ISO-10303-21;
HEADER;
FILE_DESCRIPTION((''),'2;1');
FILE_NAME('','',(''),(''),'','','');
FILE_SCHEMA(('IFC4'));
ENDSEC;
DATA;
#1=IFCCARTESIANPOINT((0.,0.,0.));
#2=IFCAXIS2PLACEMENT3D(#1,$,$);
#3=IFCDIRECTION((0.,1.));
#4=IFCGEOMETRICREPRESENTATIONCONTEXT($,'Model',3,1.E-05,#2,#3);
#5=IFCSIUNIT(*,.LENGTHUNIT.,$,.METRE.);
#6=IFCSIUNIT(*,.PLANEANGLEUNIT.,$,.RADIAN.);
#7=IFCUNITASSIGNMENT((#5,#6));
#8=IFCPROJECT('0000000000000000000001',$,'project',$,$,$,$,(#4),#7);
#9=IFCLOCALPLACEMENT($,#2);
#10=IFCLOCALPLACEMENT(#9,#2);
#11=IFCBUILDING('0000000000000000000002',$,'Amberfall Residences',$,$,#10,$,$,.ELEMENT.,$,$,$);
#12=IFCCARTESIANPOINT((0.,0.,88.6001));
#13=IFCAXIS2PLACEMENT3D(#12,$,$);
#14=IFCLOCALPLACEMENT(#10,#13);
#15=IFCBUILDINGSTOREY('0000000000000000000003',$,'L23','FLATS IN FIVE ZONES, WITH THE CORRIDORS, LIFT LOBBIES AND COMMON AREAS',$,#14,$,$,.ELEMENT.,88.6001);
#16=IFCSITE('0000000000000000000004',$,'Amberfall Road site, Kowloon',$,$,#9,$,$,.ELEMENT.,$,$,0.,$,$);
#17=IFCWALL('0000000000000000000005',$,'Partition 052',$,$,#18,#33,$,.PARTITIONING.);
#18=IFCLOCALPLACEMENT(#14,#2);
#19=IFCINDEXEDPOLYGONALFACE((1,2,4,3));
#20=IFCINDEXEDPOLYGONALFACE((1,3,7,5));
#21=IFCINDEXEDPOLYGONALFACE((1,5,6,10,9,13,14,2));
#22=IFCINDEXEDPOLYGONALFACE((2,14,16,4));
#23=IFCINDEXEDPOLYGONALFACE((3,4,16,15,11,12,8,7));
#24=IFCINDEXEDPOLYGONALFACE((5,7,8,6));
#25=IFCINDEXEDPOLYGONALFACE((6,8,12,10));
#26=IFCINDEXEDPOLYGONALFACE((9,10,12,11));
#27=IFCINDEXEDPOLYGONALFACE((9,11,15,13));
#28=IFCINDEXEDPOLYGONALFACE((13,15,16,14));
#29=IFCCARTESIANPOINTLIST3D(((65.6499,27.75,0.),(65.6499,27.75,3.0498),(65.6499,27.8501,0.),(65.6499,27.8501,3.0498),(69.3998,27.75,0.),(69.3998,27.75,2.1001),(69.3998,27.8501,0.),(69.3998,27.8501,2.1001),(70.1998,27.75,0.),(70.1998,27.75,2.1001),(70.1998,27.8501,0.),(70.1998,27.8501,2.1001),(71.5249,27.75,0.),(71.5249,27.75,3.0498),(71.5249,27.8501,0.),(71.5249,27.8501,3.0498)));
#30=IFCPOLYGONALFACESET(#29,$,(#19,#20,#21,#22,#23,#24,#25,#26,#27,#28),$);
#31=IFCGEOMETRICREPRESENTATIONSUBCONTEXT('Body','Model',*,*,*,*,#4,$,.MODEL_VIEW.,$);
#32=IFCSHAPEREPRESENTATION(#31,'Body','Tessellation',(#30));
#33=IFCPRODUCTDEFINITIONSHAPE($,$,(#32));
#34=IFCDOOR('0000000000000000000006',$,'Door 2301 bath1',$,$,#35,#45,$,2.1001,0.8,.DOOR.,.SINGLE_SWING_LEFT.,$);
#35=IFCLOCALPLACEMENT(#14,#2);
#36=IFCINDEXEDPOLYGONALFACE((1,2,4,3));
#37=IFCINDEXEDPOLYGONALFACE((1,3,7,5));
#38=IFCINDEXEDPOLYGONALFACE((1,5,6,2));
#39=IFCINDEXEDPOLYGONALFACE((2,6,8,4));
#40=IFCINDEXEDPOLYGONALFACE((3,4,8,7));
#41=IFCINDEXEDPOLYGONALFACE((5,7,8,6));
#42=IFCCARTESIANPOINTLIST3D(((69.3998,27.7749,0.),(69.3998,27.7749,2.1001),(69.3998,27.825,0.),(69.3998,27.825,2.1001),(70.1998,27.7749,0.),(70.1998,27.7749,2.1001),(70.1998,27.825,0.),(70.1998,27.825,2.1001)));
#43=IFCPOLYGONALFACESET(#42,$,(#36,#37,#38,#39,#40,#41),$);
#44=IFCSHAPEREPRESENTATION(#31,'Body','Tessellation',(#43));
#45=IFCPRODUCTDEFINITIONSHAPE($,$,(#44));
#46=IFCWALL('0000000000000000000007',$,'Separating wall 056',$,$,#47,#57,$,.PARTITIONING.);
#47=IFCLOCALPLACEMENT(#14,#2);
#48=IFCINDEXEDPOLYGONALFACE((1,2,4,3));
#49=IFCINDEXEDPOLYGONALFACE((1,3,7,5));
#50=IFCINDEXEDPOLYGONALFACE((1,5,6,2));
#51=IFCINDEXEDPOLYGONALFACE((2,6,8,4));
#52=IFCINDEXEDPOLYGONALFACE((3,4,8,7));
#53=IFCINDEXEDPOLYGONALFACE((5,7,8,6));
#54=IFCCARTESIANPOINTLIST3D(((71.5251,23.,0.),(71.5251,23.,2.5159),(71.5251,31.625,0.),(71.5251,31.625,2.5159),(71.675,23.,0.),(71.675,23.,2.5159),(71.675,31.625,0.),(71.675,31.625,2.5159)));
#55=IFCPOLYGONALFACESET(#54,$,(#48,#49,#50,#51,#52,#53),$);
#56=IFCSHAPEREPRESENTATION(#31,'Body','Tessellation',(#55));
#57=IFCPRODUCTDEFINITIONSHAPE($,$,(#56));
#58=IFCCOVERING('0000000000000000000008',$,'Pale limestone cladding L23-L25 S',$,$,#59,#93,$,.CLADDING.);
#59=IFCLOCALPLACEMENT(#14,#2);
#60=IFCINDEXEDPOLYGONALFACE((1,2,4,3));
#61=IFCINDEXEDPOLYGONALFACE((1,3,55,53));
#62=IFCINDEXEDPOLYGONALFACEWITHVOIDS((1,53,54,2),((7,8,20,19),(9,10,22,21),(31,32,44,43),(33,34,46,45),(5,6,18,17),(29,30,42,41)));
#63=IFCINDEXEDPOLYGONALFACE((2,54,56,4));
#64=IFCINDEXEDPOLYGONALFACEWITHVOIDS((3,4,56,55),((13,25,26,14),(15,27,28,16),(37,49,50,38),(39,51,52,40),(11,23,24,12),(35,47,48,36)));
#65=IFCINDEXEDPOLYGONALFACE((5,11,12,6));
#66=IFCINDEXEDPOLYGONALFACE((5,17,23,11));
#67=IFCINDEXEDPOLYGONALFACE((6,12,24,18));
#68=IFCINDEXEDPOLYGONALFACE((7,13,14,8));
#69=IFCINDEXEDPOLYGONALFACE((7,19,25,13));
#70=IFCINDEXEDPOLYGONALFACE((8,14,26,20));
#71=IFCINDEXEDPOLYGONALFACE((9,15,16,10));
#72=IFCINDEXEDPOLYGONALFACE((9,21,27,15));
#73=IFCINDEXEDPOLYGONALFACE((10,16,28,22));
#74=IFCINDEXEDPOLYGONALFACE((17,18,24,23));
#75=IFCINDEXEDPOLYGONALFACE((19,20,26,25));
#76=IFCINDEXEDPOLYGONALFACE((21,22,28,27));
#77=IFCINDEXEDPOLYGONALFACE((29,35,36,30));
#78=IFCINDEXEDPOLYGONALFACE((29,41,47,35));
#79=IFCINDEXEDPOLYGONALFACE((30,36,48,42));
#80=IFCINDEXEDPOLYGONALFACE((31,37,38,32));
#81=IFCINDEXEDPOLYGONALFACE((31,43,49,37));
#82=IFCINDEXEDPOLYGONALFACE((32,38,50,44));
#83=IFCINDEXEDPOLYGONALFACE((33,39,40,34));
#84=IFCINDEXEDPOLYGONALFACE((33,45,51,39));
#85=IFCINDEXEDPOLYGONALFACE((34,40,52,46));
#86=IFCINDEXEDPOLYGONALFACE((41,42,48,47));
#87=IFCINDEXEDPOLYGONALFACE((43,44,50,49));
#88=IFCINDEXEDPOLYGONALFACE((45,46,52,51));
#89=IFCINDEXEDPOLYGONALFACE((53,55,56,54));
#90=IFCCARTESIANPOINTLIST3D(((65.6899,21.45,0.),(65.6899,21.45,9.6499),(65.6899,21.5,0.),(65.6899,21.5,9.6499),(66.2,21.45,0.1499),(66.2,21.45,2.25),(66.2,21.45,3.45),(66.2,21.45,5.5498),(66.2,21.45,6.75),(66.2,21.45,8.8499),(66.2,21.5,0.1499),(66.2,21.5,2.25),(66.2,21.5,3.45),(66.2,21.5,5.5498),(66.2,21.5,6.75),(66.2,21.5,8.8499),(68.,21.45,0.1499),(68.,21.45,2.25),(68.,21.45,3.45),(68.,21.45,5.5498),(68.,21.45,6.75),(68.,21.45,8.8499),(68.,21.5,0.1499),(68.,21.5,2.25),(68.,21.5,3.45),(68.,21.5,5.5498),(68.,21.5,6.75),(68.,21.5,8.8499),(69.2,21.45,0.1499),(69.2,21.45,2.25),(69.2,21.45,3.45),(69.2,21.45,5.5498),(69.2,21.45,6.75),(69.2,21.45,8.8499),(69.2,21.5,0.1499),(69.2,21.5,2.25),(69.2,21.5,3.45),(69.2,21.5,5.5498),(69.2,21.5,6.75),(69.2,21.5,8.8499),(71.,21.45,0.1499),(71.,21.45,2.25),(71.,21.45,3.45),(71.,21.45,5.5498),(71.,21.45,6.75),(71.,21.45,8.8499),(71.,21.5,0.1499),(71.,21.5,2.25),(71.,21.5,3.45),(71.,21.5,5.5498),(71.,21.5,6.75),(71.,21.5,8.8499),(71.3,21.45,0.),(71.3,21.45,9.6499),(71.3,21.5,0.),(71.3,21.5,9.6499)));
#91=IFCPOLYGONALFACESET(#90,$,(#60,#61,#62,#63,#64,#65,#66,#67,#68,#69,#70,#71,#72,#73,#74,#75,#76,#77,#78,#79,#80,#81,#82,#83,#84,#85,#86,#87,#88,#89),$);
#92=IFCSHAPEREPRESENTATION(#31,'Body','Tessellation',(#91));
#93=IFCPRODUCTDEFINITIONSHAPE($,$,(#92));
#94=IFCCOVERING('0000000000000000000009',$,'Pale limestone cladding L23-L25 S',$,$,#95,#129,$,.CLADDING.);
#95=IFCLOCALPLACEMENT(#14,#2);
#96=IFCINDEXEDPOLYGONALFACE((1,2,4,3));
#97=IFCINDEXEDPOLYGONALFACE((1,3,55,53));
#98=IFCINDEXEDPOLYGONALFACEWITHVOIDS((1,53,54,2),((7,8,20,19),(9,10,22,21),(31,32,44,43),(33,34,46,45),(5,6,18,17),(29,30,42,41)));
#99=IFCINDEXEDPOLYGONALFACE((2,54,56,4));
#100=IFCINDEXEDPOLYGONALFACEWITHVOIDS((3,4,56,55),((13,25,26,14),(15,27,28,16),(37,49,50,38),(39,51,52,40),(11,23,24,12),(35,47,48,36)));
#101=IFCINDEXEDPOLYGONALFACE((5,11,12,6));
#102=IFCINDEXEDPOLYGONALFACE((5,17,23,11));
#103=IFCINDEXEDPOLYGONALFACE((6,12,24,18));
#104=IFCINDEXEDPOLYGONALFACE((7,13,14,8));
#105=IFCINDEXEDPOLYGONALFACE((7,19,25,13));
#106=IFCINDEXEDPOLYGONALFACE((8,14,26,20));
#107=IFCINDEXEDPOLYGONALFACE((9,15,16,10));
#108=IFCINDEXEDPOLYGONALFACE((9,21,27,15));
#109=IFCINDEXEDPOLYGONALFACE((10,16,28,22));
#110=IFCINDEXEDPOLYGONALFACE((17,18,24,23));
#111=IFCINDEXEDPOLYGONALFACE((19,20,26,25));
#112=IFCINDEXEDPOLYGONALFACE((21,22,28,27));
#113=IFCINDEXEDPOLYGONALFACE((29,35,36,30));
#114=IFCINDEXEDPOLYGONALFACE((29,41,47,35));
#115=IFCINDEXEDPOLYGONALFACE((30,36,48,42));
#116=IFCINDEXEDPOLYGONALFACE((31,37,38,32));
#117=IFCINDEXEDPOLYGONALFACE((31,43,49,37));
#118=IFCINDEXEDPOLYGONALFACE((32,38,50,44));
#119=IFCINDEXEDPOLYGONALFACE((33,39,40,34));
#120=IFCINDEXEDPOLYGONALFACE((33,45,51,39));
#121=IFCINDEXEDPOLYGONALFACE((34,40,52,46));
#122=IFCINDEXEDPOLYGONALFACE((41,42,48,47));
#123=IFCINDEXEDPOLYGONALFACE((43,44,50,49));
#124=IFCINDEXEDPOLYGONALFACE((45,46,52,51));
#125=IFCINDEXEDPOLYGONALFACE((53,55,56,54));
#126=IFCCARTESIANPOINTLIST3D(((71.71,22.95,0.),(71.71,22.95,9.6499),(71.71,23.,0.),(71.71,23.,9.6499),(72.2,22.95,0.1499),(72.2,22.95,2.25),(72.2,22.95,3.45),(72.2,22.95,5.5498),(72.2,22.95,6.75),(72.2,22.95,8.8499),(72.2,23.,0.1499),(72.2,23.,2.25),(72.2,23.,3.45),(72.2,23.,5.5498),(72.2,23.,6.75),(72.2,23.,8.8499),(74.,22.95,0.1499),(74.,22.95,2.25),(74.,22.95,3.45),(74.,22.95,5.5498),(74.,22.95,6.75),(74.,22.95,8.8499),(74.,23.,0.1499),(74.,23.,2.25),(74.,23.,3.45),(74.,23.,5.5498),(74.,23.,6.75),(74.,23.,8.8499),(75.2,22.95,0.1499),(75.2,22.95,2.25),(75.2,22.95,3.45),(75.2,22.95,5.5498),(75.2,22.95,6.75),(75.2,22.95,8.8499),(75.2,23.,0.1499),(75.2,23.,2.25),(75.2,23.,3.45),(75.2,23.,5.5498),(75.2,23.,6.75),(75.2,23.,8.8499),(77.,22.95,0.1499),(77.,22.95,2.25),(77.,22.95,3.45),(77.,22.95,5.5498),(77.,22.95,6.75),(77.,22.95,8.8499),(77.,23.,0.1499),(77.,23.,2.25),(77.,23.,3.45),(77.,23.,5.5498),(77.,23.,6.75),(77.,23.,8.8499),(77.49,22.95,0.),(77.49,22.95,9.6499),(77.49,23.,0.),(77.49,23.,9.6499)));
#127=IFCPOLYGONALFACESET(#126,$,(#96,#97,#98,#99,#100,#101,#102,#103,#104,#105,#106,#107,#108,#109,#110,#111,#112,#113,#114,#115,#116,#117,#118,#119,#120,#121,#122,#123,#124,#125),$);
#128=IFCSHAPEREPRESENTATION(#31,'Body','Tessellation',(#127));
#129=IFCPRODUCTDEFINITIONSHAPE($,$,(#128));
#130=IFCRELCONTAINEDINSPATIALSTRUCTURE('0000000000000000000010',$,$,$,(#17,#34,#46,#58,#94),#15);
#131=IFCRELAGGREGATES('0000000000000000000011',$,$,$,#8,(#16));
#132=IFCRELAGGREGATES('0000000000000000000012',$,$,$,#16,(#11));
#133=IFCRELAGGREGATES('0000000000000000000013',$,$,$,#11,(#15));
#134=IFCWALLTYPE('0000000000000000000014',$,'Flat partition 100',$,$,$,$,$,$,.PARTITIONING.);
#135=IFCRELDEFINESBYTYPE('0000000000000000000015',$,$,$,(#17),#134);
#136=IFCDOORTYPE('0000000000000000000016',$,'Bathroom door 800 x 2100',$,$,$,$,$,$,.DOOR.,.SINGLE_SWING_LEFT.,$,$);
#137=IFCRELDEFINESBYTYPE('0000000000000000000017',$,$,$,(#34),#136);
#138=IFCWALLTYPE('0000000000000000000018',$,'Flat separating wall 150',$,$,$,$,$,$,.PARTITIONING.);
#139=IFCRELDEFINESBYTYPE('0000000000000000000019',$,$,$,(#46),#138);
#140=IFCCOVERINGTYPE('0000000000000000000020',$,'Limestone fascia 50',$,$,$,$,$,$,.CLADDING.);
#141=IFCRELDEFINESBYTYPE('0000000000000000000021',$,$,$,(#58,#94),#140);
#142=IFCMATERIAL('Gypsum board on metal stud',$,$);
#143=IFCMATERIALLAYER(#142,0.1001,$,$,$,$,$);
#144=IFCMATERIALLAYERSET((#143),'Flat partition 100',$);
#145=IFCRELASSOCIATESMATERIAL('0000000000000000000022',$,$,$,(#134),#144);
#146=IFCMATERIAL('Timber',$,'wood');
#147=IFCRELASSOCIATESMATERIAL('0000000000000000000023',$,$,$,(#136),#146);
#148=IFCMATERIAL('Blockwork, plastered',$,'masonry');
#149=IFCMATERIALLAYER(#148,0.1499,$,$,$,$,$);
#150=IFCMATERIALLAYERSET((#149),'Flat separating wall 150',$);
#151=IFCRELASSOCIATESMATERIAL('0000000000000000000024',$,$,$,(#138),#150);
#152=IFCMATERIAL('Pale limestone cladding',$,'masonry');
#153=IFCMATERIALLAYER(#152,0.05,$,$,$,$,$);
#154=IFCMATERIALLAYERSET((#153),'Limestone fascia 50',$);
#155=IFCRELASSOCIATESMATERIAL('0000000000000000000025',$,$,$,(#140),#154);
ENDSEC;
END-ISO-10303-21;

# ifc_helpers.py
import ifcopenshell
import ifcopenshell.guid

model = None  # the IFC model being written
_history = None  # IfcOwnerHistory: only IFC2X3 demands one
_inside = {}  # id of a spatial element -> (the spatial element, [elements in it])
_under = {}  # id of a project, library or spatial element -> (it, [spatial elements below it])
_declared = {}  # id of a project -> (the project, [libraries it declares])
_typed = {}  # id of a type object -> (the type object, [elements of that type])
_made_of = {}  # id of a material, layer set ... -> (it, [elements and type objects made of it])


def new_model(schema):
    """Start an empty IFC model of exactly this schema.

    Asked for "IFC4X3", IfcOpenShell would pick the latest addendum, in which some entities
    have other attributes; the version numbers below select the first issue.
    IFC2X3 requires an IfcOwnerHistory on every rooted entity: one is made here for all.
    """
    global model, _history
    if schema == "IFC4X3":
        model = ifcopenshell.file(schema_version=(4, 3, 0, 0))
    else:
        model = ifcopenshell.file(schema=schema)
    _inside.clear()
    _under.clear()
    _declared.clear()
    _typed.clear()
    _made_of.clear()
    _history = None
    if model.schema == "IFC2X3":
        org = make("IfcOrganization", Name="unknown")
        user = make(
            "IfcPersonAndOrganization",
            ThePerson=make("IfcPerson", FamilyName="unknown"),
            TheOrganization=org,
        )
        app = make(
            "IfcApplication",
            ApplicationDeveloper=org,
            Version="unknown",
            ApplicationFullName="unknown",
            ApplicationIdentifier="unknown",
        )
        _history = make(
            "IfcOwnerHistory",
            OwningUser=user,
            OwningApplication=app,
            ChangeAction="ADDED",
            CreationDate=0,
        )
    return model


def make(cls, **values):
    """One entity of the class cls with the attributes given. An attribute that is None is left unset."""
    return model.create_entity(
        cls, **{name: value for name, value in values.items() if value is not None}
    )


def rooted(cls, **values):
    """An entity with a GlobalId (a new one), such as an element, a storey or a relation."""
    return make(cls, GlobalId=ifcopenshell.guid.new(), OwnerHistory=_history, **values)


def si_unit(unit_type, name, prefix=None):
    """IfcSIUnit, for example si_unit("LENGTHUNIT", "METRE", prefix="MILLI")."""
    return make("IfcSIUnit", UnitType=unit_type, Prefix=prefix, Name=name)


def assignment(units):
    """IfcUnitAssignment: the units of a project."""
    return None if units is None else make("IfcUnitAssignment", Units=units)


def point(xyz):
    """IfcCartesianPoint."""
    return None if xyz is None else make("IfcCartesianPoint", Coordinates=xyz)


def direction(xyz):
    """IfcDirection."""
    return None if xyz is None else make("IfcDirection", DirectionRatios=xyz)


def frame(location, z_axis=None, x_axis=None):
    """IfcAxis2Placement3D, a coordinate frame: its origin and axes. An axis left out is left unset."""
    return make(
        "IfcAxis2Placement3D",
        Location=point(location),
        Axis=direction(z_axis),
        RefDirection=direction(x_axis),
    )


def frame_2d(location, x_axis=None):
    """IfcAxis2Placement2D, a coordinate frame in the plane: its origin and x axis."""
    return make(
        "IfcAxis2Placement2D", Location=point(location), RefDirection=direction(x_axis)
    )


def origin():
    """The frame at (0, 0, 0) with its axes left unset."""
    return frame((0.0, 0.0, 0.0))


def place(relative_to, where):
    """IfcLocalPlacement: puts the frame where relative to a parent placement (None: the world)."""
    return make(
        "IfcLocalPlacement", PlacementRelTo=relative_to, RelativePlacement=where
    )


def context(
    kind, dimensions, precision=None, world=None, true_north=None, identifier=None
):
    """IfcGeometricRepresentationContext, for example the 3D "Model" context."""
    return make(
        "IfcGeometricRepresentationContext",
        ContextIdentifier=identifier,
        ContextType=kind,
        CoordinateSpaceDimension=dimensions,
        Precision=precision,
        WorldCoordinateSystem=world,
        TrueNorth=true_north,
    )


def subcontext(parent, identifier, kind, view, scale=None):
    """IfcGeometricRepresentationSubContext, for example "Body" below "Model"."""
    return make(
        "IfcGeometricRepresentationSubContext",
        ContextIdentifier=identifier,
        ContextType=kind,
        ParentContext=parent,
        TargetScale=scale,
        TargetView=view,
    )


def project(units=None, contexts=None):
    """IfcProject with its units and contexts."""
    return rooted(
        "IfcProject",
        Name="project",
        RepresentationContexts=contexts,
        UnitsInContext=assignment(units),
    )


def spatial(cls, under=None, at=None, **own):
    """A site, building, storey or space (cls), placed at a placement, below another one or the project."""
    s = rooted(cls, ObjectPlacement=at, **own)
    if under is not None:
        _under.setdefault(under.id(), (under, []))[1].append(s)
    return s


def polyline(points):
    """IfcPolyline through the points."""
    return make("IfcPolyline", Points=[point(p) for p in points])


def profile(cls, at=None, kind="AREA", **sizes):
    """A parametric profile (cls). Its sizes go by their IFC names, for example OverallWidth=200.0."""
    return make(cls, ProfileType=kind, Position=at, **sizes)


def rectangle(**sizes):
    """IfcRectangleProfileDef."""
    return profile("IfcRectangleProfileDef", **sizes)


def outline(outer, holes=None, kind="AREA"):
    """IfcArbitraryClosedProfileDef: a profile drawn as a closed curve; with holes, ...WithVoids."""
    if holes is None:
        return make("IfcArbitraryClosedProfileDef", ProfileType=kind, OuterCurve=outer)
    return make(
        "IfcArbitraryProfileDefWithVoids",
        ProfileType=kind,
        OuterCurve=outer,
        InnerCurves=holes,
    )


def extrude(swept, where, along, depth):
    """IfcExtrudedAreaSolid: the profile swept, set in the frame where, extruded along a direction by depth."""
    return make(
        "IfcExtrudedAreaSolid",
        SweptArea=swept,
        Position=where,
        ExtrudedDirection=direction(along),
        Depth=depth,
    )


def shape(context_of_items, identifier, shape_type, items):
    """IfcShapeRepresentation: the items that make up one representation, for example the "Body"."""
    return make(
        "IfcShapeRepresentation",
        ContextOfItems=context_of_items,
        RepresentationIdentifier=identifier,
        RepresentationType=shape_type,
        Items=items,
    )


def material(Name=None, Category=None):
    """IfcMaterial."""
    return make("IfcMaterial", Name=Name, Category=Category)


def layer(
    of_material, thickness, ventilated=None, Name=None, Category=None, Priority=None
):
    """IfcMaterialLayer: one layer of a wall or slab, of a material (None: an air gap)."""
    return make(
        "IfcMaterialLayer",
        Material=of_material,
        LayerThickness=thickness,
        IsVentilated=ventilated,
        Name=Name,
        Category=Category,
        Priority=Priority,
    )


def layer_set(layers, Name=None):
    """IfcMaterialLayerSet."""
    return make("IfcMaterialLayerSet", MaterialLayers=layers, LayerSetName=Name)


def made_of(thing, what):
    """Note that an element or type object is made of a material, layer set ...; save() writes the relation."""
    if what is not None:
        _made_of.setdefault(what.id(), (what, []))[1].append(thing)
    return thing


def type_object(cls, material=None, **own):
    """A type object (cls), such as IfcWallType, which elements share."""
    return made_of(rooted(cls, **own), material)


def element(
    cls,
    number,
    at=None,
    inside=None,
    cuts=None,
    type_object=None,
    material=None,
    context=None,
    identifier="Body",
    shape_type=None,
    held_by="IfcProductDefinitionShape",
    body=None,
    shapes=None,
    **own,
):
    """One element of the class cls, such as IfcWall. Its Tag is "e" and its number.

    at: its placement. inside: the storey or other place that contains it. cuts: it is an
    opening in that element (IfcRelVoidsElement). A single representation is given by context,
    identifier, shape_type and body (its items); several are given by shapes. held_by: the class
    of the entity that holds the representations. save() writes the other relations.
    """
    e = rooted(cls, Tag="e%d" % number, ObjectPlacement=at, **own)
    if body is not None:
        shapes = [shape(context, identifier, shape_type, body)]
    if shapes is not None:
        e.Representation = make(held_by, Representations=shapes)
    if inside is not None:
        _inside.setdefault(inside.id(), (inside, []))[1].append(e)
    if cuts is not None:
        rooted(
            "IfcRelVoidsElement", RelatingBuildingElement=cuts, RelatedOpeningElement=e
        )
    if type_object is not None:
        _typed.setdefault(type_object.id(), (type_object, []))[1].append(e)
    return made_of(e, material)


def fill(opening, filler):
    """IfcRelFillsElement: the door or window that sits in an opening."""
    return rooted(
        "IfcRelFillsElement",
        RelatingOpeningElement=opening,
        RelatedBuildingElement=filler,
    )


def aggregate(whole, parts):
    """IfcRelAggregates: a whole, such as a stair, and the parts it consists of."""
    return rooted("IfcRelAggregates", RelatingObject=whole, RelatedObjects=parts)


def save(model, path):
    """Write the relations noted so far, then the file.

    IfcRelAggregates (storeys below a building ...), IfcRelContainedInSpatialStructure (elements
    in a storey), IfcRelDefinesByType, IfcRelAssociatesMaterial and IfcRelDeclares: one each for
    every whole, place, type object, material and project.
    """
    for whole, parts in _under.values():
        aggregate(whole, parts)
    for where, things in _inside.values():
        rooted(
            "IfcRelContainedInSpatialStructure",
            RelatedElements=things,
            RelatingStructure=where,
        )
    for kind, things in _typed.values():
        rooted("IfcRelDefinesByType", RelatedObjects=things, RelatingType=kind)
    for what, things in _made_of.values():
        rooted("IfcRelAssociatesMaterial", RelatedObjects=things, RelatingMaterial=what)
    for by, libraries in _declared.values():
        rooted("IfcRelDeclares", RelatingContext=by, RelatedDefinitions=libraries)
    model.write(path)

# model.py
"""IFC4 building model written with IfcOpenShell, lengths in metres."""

from ifc_helpers import new_model, si_unit, direction, frame, frame_2d, origin, place, context, subcontext, project, spatial, polyline, rectangle, outline, extrude, material, layer, layer_set, type_object, element, fill, save


model = new_model("IFC4")

# Units and contexts
model_context = context("Model", 3, precision=1e-05, world=origin(), true_north=direction((0.0, 1.0)))
body_context = subcontext(model_context, "Body", "Model", "MODEL_VIEW")
ifc_project = project(units=[si_unit("LENGTHUNIT", "METRE"), si_unit("PLANEANGLEUNIT", "RADIAN")], contexts=[model_context])

# Site, building, storey
site_placement = place(None, origin())
site = spatial("IfcSite", under=ifc_project, at=site_placement, Name="Amberfall Road site, Kowloon", CompositionType="ELEMENT", RefElevation=0.0)
building_placement = place(site_placement, origin())
building = spatial("IfcBuilding", under=site, at=building_placement, Name="Amberfall Residences", CompositionType="ELEMENT")
storey_placement = place(building_placement, frame((0.0, 0.0, 88.6001)))
storey = spatial("IfcBuildingStorey", under=building, at=storey_placement, Name="L23", Description="FLATS IN FIVE ZONES, WITH THE CORRIDORS, LIFT LOBBIES AND COMMON AREAS", CompositionType="ELEMENT", Elevation=88.6001)

# Shared definitions
ifc_material_1 = material(Name="Gypsum board on metal stud")
ifc_layer_1 = layer(ifc_material_1, 0.1001)
ifc_layer_set_1 = layer_set([ifc_layer_1], Name="Flat partition 100")
wall_type_1 = type_object("IfcWallType", Name="Flat partition 100", PredefinedType="PARTITIONING", material=ifc_layer_set_1)

# Wall, opening, door
wall_1_placement = place(storey_placement, frame((65.6499, 27.8, 0.0), z_axis=(0.0, 0.0, 1.0), x_axis=(1.0, 0.0, 0.0)))
wall_1 = element("IfcWall", 1, at=wall_1_placement, inside=storey, type_object=wall_type_1, Name="Partition 052", PredefinedType="PARTITIONING", context=body_context, shape_type="SweptSolid", body=[
    extrude(rectangle(XDim=5.875, YDim=0.1001, at=frame_2d((2.9375, 0.0))), origin(), (0.0, 0.0, 1.0), 3.0498),
])
opening_1_placement = place(wall_1_placement, frame((3.75, 0.0, 0.0)))
opening_1 = element("IfcOpeningElement", 2, at=opening_1_placement, cuts=wall_1, PredefinedType="OPENING", context=body_context, shape_type="SweptSolid", body=[
    extrude(rectangle(XDim=0.8, YDim=2.1001, at=frame_2d((0.3999, 1.05))), frame((0.0, 0.0601, 0.0), z_axis=(0.0, -1.0, 0.0), x_axis=(1.0, 0.0, 0.0)), (0.0, 0.0, 1.0), 0.1201),
])
ifc_material_2 = material(Name="Timber", Category="wood")
door_type = type_object("IfcDoorType", Name="Bathroom door 800 x 2100", OperationType="SINGLE_SWING_LEFT", PredefinedType="DOOR", material=ifc_material_2)
door_placement = place(opening_1_placement, origin())
door = element("IfcDoor", 3, at=door_placement, inside=storey, type_object=door_type, Name="Door 2301 bath1", OperationType="SINGLE_SWING_LEFT", OverallHeight=2.1001, OverallWidth=0.8, PredefinedType="DOOR", context=body_context, shape_type="SweptSolid", body=[
    extrude(rectangle(XDim=0.8, YDim=2.1001, at=frame_2d((0.3999, 1.05))), frame((0.0, 0.0249, 0.0), z_axis=(0.0, -1.0, 0.0), x_axis=(1.0, 0.0, 0.0)), (0.0, 0.0, 1.0), 0.05),
])
fill(opening_1, door)

# Wall
ifc_material_3 = material(Name="Blockwork, plastered", Category="masonry")
ifc_layer_2 = layer(ifc_material_3, 0.1499)
ifc_layer_set_2 = layer_set([ifc_layer_2], Name="Flat separating wall 150")
wall_type_2 = type_object("IfcWallType", Name="Flat separating wall 150", PredefinedType="PARTITIONING", material=ifc_layer_set_2)
wall_2_placement = place(storey_placement, frame((71.6001, 23.0, 0.0), z_axis=(0.0, 0.0, 1.0), x_axis=(0.0, 1.0, 0.0)))
element("IfcWall", 4, at=wall_2_placement, inside=storey, type_object=wall_type_2, Name="Separating wall 056", PredefinedType="PARTITIONING", context=body_context, shape_type="SweptSolid", body=[
    extrude(rectangle(XDim=8.625, YDim=0.1499, at=frame_2d((4.3125, 0.0))), origin(), (0.0, 0.0, 1.0), 2.5159),
])

# Coverings
ifc_material_4 = material(Name="Pale limestone cladding", Category="masonry")
ifc_layer_3 = layer(ifc_material_4, 0.05)
ifc_layer_set_3 = layer_set([ifc_layer_3], Name="Limestone fascia 50")
covering_type = type_object("IfcCoveringType", Name="Limestone fascia 50", PredefinedType="CLADDING", material=ifc_layer_set_3)
covering_1_placement = place(storey_placement, frame((65.6899, 21.5, 9.6499), z_axis=(0.0, 1.0, 0.0), x_axis=(1.0, 0.0, 0.0)))
element("IfcCovering", 5, at=covering_1_placement, inside=storey, type_object=covering_type, Name="Pale limestone cladding L23-L25 S", PredefinedType="CLADDING", context=body_context, shape_type="SweptSolid", body=[
    extrude(outline(polyline([(0.0, 0.0), (5.6101, 0.0), (5.6101, 9.6499), (0.0, 9.6499), (0.0, 0.0)]), holes=[polyline([(0.51, 7.3999), (2.3101, 7.3999), (2.3101, 9.5), (0.51, 9.5), (0.51, 7.3999)]), polyline([(3.51, 7.3999), (5.3101, 7.3999), (5.3101, 9.5), (3.51, 9.5), (3.51, 7.3999)]), polyline([(0.51, 4.1001), (2.3101, 4.1001), (2.3101, 6.2), (0.51, 6.2), (0.51, 4.1001)]), polyline([(3.51, 4.1001), (5.3101, 4.1001), (5.3101, 6.2), (3.51, 6.2), (3.51, 4.1001)]), polyline([(0.51, 0.8), (2.3101, 0.8), (2.3101, 2.8999), (0.51, 2.8999), (0.51, 0.8)]), polyline([(3.51, 0.8), (5.3101, 0.8), (5.3101, 2.8999), (3.51, 2.8999), (3.51, 0.8)])]), origin(), (0.0, 0.0, -1.0), 0.05),
])
covering_2_placement = place(storey_placement, frame((71.71, 23.0, 9.6499), z_axis=(0.0, 1.0, 0.0), x_axis=(1.0, 0.0, 0.0)))
element("IfcCovering", 6, at=covering_2_placement, inside=storey, type_object=covering_type, Name="Pale limestone cladding L23-L25 S", PredefinedType="CLADDING", context=body_context, shape_type="SweptSolid", body=[
    extrude(outline(polyline([(0.0, 0.0), (5.78, 0.0), (5.78, 9.6499), (0.0, 9.6499), (0.0, 0.0)]), holes=[polyline([(0.49, 7.3999), (2.29, 7.3999), (2.29, 9.5), (0.49, 9.5), (0.49, 7.3999)]), polyline([(3.49, 7.3999), (5.29, 7.3999), (5.29, 9.5), (3.49, 9.5), (3.49, 7.3999)]), polyline([(0.49, 4.1001), (2.29, 4.1001), (2.29, 6.2), (0.49, 6.2), (0.49, 4.1001)]), polyline([(3.49, 4.1001), (5.29, 4.1001), (5.29, 6.2), (3.49, 6.2), (3.49, 4.1001)]), polyline([(0.49, 0.8), (2.29, 0.8), (2.29, 2.8999), (0.49, 2.8999), (0.49, 0.8)]), polyline([(3.49, 0.8), (5.29, 0.8), (5.29, 2.8999), (3.49, 2.8999), (3.49, 0.8)])]), origin(), (0.0, 0.0, -1.0), 0.05),
])

save(model, "model.ifc")
